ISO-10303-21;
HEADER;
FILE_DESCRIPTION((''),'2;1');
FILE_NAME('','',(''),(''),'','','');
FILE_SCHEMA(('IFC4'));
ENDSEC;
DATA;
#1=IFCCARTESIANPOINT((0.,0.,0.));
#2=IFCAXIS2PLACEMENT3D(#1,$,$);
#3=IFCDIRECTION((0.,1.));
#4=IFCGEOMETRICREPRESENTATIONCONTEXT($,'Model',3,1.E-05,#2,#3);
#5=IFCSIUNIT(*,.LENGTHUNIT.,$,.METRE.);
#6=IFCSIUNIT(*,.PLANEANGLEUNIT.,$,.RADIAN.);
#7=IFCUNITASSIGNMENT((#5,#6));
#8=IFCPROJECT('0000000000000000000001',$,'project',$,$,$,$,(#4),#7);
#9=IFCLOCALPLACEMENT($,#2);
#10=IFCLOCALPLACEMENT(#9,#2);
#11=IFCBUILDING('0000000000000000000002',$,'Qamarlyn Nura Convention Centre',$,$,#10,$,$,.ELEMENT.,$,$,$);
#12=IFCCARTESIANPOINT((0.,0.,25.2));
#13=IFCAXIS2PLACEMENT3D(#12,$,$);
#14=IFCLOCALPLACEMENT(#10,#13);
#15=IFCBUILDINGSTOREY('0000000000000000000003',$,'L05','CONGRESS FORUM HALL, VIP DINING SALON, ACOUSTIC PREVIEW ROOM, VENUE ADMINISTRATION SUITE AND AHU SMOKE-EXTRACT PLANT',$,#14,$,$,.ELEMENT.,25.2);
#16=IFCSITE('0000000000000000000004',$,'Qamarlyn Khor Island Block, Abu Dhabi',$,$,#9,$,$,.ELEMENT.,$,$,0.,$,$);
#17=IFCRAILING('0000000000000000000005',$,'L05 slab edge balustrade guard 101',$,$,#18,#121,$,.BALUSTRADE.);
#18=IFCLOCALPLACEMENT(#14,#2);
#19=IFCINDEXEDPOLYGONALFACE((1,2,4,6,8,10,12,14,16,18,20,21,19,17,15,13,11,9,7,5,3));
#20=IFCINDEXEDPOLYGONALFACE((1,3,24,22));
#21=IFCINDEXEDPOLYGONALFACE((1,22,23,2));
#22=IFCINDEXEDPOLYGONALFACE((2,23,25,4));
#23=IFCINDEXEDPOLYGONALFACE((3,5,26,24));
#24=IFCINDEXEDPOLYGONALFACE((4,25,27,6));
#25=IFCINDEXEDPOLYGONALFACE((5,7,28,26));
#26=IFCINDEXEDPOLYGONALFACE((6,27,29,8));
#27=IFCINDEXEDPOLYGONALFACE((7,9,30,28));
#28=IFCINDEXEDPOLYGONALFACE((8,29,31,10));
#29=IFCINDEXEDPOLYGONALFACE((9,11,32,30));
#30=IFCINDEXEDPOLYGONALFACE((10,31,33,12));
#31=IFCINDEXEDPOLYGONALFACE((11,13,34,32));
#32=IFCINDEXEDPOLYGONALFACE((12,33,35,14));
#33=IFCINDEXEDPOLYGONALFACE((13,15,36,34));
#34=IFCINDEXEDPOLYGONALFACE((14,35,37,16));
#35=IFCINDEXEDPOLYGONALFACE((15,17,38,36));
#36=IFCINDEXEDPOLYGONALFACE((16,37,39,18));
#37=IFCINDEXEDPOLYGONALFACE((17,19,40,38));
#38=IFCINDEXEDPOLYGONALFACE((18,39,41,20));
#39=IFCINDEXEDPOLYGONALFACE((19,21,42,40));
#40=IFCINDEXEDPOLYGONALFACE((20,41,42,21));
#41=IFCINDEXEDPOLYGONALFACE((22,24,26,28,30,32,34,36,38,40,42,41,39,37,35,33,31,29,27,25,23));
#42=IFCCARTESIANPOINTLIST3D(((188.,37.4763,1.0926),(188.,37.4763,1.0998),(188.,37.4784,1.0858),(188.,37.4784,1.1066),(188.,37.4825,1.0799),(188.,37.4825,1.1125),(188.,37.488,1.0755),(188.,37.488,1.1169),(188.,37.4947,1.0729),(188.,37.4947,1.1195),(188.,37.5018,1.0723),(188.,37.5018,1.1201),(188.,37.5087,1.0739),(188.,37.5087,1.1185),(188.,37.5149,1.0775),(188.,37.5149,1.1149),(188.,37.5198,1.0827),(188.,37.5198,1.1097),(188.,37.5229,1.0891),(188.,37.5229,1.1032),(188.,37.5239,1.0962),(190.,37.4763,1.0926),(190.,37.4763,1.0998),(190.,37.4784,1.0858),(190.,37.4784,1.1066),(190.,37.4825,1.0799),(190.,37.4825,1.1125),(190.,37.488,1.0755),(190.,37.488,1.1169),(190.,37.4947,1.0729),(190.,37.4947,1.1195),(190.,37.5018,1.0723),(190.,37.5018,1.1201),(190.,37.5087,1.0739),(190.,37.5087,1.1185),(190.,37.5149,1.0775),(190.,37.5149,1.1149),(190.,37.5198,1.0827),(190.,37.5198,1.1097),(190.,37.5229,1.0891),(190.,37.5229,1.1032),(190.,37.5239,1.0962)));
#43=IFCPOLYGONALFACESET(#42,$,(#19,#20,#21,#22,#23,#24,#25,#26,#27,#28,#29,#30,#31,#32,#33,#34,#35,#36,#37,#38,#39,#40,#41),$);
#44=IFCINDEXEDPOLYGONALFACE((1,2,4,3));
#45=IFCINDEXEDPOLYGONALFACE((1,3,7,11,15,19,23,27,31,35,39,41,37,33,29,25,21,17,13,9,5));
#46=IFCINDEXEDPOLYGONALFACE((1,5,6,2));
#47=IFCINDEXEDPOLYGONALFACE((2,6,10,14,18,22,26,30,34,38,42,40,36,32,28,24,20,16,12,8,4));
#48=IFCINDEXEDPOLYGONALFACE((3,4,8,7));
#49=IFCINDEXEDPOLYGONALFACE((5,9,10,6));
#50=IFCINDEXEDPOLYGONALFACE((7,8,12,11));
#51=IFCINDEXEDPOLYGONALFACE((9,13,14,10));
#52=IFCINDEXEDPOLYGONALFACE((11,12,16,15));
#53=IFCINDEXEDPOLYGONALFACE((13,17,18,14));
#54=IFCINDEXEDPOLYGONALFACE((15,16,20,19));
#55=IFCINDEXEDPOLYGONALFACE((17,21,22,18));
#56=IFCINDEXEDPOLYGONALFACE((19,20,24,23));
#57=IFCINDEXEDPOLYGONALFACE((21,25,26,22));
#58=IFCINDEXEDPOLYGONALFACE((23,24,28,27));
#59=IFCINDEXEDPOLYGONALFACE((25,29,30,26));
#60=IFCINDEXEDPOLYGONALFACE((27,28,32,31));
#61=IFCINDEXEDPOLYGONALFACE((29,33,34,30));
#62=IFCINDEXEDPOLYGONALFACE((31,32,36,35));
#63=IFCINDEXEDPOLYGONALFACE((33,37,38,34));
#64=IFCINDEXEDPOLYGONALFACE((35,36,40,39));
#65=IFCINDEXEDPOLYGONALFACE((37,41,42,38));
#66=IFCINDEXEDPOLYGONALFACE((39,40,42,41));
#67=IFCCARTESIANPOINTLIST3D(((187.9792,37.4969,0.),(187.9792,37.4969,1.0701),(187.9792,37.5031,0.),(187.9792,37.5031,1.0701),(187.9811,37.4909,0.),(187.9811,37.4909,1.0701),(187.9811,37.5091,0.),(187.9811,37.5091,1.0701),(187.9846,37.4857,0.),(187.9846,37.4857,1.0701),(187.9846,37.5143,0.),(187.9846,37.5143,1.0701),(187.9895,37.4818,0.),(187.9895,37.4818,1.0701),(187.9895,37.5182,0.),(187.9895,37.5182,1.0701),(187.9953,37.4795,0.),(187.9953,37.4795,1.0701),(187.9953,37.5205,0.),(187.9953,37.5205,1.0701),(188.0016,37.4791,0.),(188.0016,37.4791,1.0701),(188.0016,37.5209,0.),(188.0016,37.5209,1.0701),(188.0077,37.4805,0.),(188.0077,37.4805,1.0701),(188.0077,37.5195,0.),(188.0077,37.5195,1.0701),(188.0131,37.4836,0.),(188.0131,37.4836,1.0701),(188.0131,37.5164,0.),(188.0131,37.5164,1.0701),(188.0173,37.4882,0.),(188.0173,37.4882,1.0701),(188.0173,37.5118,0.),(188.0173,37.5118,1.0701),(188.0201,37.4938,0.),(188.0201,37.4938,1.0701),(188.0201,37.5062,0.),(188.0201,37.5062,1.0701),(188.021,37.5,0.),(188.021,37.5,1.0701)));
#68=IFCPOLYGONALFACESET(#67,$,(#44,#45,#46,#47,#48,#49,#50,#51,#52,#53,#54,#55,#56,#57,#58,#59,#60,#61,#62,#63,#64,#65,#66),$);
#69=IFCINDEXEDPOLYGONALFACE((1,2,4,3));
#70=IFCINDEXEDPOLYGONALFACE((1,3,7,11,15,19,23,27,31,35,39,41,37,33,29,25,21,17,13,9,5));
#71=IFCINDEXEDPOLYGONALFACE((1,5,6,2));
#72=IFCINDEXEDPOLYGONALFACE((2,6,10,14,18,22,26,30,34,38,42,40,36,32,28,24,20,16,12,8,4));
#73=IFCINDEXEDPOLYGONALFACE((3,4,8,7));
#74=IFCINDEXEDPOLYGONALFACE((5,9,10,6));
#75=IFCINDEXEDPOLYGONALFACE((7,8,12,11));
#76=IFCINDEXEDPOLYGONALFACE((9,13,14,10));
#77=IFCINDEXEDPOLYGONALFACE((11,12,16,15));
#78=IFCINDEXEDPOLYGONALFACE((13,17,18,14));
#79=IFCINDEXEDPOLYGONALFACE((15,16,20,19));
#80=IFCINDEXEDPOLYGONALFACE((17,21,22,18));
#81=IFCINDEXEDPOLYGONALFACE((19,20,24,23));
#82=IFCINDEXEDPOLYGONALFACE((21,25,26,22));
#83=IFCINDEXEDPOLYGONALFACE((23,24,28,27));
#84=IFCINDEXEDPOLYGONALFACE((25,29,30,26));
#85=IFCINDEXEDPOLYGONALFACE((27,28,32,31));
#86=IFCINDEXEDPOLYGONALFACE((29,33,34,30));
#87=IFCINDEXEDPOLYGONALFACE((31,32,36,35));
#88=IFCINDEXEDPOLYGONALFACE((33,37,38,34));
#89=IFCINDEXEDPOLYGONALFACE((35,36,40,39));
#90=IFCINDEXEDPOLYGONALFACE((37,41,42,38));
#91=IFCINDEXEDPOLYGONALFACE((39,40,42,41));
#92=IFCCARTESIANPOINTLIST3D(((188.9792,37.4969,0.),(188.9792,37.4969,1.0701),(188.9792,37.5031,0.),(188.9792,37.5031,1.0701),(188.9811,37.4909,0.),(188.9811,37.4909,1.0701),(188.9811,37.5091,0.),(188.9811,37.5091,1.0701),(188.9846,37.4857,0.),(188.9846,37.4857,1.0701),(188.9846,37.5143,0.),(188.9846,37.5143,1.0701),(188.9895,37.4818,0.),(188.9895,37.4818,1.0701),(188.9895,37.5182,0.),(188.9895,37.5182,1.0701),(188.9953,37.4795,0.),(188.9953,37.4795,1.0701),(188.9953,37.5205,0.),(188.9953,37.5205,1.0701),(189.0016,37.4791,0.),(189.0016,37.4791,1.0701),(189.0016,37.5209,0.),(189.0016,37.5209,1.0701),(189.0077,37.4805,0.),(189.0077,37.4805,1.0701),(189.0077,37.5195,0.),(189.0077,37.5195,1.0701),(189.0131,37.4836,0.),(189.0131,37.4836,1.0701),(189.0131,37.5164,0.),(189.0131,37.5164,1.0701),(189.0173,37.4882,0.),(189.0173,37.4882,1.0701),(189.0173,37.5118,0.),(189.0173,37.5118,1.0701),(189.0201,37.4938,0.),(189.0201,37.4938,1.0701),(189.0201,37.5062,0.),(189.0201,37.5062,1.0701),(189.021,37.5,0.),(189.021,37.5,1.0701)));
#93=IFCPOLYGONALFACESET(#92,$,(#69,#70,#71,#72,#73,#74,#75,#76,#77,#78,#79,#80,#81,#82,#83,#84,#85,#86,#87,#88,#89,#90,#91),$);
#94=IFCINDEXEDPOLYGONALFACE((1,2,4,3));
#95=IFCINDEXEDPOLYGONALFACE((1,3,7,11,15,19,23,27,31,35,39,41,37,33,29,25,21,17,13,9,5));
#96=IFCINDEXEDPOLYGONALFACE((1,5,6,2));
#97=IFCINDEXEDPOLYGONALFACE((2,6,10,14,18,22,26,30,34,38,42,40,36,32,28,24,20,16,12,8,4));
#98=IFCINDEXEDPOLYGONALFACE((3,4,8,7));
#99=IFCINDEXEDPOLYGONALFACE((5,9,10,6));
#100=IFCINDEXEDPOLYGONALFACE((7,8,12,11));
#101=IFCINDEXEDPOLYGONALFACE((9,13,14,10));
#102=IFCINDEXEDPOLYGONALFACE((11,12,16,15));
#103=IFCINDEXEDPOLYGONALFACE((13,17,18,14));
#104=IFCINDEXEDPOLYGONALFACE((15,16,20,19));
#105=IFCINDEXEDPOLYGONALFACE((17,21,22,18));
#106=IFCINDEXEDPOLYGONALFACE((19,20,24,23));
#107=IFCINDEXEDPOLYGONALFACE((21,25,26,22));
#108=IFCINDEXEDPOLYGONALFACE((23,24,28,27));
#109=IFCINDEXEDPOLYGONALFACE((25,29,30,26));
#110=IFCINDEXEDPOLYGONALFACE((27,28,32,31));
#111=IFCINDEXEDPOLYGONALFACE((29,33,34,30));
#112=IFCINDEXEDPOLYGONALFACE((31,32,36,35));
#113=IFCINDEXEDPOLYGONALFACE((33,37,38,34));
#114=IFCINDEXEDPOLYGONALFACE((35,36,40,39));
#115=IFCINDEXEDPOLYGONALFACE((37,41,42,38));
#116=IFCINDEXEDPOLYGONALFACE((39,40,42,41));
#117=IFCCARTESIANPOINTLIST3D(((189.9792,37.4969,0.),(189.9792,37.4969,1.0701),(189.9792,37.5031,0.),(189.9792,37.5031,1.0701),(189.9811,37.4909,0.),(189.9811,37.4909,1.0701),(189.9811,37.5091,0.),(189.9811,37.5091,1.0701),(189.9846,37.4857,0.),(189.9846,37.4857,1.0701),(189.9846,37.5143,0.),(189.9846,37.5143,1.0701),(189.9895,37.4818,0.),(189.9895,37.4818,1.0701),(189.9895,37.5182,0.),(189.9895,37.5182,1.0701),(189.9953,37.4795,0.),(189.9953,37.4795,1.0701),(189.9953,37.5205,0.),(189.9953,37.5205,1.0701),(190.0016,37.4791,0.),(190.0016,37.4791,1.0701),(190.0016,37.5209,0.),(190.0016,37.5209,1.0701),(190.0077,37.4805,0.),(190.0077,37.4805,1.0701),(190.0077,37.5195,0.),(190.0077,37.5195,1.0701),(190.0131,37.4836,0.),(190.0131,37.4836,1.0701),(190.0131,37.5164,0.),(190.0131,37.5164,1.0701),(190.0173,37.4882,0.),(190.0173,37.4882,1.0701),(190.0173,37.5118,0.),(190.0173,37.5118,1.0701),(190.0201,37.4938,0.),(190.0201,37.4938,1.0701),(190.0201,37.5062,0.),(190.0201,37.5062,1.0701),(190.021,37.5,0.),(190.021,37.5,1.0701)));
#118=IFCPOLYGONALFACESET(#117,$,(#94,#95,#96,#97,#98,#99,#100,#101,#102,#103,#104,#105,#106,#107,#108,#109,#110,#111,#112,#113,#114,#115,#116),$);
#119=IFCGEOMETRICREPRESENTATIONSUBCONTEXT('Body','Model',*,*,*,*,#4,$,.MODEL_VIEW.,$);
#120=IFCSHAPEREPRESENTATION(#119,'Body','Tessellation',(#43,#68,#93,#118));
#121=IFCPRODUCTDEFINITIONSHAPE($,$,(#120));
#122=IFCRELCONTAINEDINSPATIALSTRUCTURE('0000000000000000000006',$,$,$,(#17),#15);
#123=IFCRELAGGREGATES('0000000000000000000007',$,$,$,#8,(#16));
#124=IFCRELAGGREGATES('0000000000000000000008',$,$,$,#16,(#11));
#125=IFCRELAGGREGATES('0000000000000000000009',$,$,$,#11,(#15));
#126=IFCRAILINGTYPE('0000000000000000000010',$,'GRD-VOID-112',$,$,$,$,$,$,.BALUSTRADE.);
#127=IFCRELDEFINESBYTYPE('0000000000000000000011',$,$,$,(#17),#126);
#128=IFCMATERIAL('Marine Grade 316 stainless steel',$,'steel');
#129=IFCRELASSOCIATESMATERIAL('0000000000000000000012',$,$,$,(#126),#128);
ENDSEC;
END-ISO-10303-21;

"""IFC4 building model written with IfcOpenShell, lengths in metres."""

from ifc_helpers import new_model, si_unit, direction, frame, origin, origin_2d, place, context, subcontext, project, spatial, circle, extrude, material, type_object, element, save


model = new_model("IFC4")

# Units and contexts
model_context = context("Model", 3, precision=1e-05, world=origin(), true_north=direction((0.0, 1.0)))
body_context = subcontext(model_context, "Body", "Model", "MODEL_VIEW")
ifc_project = project(units=[si_unit("LENGTHUNIT", "METRE"), si_unit("PLANEANGLEUNIT", "RADIAN")], contexts=[model_context])

# Site, building, storey
site_placement = place(None, origin())
site = spatial("IfcSite", under=ifc_project, at=site_placement, Name="Qamarlyn Khor Island Block, Abu Dhabi", CompositionType="ELEMENT", RefElevation=0.0)
building_placement = place(site_placement, origin())
building = spatial("IfcBuilding", under=site, at=building_placement, Name="Qamarlyn Nura Convention Centre", CompositionType="ELEMENT")
storey_placement = place(building_placement, frame((0.0, 0.0, 25.2)))
storey = spatial("IfcBuildingStorey", under=building, at=storey_placement, Name="L05", Description="CONGRESS FORUM HALL, VIP DINING SALON, ACOUSTIC PREVIEW ROOM, VENUE ADMINISTRATION SUITE AND AHU SMOKE-EXTRACT PLANT", CompositionType="ELEMENT", Elevation=25.2)

# Railing
ifc_material_1 = material(Name="Marine Grade 316 stainless steel", Category="steel")
railing_type = type_object("IfcRailingType", Name="GRD-VOID-112", PredefinedType="BALUSTRADE", material=ifc_material_1)
railing_1_placement = place(storey_placement, frame((188.0, 37.5, 0.0)))
element("IfcRailing", 1, at=railing_1_placement, inside=storey, type_object=railing_type, Name="L05 slab edge balustrade guard 101", PredefinedType="BALUSTRADE", context=body_context, shape_type="SweptSolid", body=[
    extrude(circle(Radius=0.0239, at=origin_2d()), frame((0.0, 0.0, 1.0962), z_axis=(1.0, 0.0, 0.0), x_axis=(0.0, 1.0, 0.0)), (0.0, 0.0, 1.0), 2.0),
    extrude(circle(Radius=0.021, at=origin_2d()), origin(), (0.0, 0.0, 1.0), 1.0701),
    extrude(circle(Radius=0.021, at=origin_2d()), frame((1.0, 0.0, 0.0)), (0.0, 0.0, 1.0), 1.0701),
    extrude(circle(Radius=0.021, at=origin_2d()), frame((2.0, 0.0, 0.0)), (0.0, 0.0, 1.0), 1.0701),
])

save(model, "model.ifc")
